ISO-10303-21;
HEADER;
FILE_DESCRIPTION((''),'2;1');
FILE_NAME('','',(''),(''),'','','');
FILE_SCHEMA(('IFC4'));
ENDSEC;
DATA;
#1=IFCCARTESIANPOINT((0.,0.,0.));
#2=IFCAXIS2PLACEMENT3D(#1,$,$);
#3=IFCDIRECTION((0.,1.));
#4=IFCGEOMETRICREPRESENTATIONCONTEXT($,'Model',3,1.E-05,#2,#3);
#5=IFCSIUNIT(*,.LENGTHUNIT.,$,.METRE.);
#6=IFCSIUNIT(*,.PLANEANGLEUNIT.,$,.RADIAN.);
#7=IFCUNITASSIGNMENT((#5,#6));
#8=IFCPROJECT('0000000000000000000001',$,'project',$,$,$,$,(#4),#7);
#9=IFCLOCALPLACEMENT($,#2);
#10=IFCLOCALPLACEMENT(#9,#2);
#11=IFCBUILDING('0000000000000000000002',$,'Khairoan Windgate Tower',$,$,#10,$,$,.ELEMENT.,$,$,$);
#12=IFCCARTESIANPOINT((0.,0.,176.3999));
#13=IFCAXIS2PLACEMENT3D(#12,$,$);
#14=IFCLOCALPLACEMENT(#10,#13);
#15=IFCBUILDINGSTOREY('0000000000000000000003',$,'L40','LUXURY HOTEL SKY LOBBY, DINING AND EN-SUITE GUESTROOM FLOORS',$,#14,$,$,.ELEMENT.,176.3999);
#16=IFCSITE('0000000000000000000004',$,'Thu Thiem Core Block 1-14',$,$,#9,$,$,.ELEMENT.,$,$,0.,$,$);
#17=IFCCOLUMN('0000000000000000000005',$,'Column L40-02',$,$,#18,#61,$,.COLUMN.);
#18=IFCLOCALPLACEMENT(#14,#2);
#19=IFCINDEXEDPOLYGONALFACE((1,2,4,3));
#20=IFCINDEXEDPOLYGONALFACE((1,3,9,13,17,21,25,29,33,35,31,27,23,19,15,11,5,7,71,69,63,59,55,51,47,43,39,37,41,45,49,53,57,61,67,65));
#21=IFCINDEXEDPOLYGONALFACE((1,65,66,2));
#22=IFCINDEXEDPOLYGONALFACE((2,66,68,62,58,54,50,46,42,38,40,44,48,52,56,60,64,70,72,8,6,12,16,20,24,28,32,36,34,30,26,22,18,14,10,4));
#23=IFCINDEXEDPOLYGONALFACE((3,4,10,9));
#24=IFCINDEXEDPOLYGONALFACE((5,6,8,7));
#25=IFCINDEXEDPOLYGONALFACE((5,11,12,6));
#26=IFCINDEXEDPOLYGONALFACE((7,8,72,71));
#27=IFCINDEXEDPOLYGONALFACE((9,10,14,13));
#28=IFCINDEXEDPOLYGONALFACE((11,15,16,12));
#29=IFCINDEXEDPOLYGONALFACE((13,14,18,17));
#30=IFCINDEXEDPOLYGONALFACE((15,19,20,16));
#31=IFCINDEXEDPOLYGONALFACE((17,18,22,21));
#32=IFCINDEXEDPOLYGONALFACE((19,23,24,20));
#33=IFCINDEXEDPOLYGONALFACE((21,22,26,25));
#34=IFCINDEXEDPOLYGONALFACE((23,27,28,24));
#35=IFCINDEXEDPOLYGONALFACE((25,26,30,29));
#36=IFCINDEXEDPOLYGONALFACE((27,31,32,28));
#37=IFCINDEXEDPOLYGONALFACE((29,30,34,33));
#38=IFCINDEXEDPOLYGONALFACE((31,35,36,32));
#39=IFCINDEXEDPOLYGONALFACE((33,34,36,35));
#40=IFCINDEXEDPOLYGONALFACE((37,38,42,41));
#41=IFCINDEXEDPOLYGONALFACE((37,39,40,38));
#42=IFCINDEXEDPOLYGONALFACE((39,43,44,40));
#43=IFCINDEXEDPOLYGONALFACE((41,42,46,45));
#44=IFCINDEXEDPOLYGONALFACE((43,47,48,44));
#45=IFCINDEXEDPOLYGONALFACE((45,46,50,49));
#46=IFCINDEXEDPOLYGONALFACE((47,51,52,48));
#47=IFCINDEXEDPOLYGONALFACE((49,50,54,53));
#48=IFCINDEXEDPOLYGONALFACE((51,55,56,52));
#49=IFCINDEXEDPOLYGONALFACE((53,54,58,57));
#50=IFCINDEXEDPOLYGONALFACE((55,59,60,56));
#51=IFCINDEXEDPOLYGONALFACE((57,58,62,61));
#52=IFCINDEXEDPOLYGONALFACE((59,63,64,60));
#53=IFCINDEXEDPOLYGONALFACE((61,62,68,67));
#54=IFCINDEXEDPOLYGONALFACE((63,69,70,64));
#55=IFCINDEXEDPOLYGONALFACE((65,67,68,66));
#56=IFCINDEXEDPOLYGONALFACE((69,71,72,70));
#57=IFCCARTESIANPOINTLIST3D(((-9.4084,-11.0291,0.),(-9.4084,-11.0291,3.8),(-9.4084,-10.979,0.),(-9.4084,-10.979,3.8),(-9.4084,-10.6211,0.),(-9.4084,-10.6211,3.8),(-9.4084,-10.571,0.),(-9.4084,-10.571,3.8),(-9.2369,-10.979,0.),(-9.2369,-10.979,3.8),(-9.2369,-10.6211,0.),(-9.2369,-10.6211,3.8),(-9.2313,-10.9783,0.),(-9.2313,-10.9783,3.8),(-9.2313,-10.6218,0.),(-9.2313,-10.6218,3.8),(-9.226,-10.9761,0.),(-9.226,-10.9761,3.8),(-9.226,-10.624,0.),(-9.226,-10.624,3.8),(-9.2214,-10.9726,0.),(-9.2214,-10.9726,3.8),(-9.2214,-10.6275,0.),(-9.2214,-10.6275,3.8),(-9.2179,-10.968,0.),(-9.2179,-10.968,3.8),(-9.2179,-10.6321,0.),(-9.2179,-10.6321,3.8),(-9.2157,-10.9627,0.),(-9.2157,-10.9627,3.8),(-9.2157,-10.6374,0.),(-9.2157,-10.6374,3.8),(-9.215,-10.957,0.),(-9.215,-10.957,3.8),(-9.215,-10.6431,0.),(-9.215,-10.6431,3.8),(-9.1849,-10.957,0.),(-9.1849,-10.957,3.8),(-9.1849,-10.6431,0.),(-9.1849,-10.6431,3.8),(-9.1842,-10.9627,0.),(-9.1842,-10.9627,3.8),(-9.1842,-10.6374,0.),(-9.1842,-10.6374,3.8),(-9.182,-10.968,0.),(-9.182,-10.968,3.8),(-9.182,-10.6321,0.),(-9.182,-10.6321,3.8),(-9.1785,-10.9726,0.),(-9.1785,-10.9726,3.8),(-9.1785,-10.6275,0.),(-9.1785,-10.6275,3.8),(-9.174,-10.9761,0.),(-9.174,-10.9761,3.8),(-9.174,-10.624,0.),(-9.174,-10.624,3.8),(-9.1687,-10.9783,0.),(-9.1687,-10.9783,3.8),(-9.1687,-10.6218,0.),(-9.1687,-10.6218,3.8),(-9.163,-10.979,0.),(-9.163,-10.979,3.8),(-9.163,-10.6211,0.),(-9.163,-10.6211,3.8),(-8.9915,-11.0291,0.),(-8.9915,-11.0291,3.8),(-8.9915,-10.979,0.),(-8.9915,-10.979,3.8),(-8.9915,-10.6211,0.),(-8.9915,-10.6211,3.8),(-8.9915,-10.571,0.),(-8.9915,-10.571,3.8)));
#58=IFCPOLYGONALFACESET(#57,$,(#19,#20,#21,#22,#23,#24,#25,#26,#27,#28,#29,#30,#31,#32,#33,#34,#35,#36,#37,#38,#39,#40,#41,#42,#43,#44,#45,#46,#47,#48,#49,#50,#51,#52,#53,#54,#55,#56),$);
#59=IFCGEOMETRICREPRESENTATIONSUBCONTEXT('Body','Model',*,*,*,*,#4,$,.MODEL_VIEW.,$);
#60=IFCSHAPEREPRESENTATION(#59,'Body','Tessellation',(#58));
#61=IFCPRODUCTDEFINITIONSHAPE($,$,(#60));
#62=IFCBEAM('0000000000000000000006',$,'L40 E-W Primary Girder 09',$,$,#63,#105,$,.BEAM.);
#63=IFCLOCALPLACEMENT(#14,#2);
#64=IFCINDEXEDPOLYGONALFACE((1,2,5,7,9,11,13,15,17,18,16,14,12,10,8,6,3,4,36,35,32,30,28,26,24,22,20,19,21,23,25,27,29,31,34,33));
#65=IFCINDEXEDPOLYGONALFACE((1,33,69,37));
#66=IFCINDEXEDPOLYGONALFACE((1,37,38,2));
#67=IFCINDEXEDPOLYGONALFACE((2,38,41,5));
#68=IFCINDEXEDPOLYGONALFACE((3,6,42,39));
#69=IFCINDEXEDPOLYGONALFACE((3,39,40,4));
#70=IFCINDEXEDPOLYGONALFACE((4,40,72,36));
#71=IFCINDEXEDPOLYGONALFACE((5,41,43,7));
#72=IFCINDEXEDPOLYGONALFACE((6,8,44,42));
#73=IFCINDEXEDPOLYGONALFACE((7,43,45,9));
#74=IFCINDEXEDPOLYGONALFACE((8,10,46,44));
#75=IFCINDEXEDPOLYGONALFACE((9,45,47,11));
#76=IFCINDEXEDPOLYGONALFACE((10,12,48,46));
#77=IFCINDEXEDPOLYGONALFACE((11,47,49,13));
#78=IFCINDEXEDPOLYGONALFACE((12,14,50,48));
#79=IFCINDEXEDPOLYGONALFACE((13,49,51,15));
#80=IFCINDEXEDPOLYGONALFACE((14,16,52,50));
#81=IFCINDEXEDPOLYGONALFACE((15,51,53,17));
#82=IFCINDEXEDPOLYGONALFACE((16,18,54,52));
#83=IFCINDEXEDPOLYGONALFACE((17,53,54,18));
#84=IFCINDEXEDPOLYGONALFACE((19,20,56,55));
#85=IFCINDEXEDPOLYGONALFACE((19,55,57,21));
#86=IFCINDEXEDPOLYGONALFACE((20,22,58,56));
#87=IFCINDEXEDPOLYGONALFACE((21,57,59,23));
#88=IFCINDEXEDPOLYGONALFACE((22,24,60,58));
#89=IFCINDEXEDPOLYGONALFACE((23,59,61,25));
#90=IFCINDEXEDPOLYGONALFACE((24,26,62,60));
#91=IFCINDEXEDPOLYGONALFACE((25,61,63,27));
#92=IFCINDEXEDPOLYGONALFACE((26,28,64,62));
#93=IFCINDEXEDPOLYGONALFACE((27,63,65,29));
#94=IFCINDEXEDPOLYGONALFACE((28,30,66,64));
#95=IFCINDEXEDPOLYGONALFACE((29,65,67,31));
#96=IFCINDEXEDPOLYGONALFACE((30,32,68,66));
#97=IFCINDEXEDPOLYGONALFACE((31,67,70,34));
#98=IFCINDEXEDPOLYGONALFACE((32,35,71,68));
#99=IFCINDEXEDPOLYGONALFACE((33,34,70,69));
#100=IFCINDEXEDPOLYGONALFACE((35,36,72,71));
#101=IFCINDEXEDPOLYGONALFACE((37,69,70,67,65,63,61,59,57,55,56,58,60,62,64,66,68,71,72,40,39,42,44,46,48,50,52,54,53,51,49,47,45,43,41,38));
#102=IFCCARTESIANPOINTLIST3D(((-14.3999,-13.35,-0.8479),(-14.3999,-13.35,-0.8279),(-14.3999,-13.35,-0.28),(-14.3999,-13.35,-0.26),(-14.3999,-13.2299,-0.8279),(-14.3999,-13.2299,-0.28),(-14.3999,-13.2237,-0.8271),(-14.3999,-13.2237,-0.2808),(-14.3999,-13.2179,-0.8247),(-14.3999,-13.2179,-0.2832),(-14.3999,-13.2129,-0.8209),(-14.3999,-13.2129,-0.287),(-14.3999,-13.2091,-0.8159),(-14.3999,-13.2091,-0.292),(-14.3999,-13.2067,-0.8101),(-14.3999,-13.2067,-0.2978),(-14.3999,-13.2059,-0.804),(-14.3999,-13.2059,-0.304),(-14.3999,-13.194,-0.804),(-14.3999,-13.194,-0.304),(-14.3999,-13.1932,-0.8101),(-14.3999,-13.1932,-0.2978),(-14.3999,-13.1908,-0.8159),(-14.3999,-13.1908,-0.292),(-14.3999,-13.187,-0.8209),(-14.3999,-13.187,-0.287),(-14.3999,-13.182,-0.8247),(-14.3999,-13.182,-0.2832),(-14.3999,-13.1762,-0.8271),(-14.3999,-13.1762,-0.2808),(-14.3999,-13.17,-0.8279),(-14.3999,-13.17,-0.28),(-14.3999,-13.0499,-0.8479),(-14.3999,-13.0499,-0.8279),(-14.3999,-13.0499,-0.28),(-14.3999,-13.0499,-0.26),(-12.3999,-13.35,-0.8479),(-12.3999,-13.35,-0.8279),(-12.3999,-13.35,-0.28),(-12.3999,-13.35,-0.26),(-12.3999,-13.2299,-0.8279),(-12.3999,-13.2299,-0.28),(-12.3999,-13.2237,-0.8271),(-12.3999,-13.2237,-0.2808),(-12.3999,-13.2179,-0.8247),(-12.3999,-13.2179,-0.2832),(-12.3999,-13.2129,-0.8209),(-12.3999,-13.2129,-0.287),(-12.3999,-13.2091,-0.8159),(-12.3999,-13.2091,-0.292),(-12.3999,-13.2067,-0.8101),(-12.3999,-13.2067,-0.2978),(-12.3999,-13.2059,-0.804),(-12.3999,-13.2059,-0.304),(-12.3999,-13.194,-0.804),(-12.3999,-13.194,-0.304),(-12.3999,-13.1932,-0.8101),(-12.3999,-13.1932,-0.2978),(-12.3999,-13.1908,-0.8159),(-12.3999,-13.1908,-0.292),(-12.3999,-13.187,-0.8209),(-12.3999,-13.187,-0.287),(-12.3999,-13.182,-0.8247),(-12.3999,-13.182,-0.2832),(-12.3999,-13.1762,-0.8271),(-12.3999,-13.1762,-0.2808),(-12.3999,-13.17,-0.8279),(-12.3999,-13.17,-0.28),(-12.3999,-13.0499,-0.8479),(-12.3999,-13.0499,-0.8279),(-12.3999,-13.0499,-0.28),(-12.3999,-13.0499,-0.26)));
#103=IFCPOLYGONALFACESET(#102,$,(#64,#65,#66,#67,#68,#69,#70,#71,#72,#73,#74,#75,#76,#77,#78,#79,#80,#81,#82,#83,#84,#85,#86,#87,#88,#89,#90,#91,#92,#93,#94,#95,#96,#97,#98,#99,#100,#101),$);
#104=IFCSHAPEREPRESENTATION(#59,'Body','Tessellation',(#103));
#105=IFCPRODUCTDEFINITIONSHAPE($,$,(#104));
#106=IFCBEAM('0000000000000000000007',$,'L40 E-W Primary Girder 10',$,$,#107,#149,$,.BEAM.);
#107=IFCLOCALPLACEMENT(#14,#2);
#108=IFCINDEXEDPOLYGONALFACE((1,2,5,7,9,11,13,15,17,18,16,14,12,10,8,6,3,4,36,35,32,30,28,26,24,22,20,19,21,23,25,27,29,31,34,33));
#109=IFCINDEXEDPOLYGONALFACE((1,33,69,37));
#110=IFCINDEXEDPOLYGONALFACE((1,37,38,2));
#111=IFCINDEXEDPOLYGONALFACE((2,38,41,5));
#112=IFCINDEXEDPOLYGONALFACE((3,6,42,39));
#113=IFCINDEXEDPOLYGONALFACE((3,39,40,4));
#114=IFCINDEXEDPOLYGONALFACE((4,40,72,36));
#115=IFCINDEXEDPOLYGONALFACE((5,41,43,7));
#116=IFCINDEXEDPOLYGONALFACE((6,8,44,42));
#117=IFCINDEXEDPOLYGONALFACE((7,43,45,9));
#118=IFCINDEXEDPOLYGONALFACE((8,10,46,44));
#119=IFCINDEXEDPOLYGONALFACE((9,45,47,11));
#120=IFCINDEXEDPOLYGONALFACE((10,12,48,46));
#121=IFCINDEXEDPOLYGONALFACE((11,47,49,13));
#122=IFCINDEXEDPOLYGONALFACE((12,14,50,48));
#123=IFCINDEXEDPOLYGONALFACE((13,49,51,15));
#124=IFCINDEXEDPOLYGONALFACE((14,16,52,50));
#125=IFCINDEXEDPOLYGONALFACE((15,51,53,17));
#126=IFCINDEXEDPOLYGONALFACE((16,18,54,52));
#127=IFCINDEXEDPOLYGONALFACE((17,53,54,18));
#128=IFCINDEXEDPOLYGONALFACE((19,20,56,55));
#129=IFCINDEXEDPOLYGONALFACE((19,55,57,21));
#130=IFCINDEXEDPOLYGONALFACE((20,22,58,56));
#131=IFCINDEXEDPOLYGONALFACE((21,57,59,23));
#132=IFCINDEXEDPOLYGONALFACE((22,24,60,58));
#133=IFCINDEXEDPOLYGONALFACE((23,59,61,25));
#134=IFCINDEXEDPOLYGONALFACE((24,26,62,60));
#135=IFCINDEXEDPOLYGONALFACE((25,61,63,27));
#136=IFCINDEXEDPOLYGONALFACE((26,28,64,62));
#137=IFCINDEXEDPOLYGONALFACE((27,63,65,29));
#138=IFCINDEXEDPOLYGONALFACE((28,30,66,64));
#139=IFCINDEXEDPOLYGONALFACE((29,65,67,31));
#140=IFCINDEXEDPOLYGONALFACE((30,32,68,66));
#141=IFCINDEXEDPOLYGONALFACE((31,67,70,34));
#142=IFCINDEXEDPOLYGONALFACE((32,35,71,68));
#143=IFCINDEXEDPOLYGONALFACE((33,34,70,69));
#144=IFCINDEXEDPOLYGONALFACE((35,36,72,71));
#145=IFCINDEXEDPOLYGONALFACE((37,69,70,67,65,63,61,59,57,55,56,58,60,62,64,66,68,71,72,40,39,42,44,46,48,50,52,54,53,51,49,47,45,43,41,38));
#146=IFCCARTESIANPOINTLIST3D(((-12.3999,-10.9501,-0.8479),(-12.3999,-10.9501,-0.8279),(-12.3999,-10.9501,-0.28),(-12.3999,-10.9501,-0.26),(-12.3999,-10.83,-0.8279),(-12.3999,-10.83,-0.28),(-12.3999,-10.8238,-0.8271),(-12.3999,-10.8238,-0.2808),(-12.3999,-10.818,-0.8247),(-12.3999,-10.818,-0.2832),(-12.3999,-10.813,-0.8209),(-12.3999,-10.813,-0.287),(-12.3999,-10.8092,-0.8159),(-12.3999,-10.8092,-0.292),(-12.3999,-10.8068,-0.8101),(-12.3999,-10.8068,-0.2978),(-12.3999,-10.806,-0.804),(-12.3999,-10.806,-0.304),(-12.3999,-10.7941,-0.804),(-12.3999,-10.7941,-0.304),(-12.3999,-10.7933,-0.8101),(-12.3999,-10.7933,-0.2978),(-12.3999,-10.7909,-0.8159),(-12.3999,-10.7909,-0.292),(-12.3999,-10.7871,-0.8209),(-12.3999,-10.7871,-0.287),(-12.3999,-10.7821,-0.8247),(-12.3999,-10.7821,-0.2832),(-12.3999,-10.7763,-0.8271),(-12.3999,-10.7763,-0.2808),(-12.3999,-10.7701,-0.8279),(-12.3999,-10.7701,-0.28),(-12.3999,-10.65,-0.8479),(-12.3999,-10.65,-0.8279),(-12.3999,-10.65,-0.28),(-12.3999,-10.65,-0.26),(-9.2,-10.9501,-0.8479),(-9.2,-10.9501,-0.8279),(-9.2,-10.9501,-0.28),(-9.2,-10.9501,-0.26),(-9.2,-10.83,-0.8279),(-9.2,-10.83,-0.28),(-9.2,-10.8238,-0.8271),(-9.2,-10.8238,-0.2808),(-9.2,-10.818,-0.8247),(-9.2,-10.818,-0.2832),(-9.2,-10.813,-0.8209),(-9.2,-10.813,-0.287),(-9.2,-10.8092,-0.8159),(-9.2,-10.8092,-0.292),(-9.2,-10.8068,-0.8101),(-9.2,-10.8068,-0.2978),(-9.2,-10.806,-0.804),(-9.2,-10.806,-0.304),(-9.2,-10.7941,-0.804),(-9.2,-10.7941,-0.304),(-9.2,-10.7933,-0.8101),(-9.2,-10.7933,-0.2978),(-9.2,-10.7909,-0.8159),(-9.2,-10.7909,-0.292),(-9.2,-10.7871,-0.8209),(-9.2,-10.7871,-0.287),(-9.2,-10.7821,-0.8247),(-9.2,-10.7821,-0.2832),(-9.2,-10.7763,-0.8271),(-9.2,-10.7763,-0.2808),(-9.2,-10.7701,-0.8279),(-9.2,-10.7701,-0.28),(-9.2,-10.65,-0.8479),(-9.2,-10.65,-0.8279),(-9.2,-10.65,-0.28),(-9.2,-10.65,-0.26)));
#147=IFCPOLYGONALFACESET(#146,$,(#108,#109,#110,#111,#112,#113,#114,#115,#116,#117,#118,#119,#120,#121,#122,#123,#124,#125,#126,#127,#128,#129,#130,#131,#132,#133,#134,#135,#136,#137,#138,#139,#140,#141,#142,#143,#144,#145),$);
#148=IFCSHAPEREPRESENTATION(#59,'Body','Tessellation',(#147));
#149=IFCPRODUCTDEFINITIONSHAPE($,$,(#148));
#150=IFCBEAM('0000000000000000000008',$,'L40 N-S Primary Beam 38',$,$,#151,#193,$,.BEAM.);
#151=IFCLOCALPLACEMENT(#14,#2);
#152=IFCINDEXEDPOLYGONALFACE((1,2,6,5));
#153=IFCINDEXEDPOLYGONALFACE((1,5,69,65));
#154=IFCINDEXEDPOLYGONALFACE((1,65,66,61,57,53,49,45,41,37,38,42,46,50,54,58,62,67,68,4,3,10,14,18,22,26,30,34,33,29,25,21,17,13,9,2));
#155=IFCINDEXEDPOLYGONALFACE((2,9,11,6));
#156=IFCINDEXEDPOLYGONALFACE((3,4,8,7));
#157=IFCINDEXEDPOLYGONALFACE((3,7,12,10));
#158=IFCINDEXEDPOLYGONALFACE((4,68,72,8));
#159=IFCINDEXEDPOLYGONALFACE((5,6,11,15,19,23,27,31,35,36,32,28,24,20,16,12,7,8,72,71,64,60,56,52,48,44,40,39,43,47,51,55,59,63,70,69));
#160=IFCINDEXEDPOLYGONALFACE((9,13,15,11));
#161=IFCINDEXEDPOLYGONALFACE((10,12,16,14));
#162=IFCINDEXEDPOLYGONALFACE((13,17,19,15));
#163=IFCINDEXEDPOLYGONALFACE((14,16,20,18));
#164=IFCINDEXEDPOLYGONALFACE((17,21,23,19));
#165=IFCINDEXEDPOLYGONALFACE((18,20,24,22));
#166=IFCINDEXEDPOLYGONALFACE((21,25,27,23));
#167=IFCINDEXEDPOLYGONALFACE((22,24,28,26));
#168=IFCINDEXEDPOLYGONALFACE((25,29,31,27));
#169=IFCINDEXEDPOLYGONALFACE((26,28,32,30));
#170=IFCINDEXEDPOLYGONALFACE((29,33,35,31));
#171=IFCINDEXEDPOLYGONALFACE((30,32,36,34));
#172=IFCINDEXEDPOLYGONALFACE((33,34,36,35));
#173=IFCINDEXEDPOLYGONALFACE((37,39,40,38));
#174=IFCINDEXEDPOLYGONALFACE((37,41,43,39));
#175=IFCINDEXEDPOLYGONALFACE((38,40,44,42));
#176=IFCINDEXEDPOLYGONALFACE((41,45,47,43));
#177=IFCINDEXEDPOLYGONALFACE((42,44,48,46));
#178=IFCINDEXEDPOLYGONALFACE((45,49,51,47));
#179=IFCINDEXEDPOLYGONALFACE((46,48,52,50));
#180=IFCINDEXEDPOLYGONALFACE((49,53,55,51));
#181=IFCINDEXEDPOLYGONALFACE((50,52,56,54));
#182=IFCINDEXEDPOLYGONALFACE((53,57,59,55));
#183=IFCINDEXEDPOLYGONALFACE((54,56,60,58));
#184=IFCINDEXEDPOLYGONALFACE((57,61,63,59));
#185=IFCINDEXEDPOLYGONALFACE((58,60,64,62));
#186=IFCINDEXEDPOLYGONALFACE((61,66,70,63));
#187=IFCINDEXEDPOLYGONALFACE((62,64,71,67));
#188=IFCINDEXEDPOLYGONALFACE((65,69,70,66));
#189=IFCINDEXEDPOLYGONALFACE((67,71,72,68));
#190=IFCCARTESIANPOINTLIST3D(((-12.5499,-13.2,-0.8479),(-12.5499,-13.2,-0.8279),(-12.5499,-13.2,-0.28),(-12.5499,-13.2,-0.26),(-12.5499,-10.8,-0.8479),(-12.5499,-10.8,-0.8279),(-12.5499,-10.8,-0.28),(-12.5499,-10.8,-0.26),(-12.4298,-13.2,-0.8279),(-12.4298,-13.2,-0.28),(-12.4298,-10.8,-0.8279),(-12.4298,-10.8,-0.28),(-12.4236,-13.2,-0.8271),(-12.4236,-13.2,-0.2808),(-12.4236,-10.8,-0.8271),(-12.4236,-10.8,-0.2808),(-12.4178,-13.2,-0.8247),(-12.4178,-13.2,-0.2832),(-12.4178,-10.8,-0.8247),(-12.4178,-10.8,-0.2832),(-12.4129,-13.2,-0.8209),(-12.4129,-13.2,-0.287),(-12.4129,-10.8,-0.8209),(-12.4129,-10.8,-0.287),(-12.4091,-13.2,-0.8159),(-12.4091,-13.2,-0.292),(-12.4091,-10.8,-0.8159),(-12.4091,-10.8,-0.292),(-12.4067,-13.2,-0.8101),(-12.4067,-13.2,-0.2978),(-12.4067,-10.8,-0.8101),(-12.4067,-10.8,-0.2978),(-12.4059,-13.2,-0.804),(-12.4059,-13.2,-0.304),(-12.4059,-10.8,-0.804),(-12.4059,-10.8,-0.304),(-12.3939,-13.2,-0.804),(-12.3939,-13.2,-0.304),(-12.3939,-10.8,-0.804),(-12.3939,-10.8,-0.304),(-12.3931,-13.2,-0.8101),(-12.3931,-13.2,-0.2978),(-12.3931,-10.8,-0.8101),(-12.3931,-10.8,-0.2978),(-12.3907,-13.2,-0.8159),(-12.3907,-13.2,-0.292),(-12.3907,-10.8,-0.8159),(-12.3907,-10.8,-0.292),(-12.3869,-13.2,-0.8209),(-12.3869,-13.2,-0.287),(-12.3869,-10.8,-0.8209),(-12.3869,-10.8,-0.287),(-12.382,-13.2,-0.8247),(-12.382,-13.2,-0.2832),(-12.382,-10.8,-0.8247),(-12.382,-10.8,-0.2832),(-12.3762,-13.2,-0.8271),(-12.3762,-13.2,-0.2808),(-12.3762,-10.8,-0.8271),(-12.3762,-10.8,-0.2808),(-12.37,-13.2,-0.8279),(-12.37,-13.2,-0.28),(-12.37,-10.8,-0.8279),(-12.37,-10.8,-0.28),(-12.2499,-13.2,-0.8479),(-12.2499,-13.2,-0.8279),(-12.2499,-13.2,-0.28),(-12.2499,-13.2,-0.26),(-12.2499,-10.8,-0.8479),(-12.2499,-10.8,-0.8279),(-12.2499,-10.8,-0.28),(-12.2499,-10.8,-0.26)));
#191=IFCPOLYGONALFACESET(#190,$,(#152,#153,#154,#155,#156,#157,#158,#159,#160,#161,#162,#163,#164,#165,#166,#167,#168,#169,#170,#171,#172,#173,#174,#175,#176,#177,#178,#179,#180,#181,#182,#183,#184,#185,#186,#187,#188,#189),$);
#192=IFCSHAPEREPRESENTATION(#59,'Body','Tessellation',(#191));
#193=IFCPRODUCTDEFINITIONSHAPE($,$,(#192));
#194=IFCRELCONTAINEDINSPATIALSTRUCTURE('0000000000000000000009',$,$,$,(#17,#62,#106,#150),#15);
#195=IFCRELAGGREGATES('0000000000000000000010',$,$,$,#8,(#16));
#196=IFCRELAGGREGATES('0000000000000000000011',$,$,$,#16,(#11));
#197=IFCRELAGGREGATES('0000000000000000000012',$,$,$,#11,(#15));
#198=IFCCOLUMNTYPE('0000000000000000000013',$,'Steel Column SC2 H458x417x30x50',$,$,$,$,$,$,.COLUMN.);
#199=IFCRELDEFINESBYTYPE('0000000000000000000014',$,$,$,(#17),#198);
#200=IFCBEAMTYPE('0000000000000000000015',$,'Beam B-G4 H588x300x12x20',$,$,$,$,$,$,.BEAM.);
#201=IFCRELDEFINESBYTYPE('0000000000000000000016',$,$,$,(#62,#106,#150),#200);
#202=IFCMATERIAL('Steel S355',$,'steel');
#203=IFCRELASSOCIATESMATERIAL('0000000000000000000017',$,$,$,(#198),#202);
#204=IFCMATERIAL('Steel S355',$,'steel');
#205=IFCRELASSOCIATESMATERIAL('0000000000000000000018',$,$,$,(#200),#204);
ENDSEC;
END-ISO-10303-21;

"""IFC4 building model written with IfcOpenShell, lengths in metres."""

from ifc_helpers import new_model, si_unit, direction, frame, origin, origin_2d, place, context, subcontext, project, spatial, i_section, extrude, material, material_profile, profile_set, type_object, element, save


model = new_model("IFC4")

# Units and contexts
model_context = context("Model", 3, precision=1e-05, world=origin(), true_north=direction((0.0, 1.0)))
body_context = subcontext(model_context, "Body", "Model", "MODEL_VIEW")
ifc_project = project(units=[si_unit("LENGTHUNIT", "METRE"), si_unit("PLANEANGLEUNIT", "RADIAN")], contexts=[model_context])

# Site, building, storey
site_placement = place(None, origin())
site = spatial("IfcSite", under=ifc_project, at=site_placement, Name="Thu Thiem Core Block 1-14", CompositionType="ELEMENT", RefElevation=0.0)
building_placement = place(site_placement, origin())
building = spatial("IfcBuilding", under=site, at=building_placement, Name="Khairoan Windgate Tower", CompositionType="ELEMENT")
storey_placement = place(building_placement, frame((0.0, 0.0, 176.3999)))
storey = spatial("IfcBuildingStorey", under=building, at=storey_placement, Name="L40", Description="LUXURY HOTEL SKY LOBBY, DINING AND EN-SUITE GUESTROOM FLOORS", CompositionType="ELEMENT", Elevation=176.3999)

# Column
ifc_material_1 = material(Name="Steel S355", Category="steel")
ifc_material_profile_1 = material_profile(ifc_material_1, i_section(OverallWidth=0.417, OverallDepth=0.458, WebThickness=0.03, FlangeThickness=0.05, FilletRadius=0.022, at=origin_2d()))
ifc_profile_set_1 = profile_set([ifc_material_profile_1], Name="Steel S355")
column_type = type_object("IfcColumnType", Name="Steel Column SC2 H458x417x30x50", PredefinedType="COLUMN", material=ifc_profile_set_1)
column_placement = place(storey_placement, frame((-9.2, -10.8, 0.0), z_axis=(0.0, 0.0, 1.0), x_axis=(1.0, 0.0, 0.0)))
element("IfcColumn", 1, at=column_placement, inside=storey, type_object=column_type, Name="Column L40-02", PredefinedType="COLUMN", context=body_context, shape_type="SweptSolid", body=[
    extrude(i_section(OverallWidth=0.417, OverallDepth=0.458, WebThickness=0.03, FlangeThickness=0.05, FilletRadius=0.022, at=origin_2d()), origin(), (0.0, 0.0, 1.0), 3.8),
])

# Beams
ifc_material_2 = material(Name="Steel S355", Category="steel")
ifc_material_profile_2 = material_profile(ifc_material_2, i_section(OverallWidth=0.3, OverallDepth=0.5879, WebThickness=0.012, FlangeThickness=0.02, FilletRadius=0.0239, at=origin_2d()))
ifc_profile_set_2 = profile_set([ifc_material_profile_2], Name="Steel S355")
beam_type = type_object("IfcBeamType", Name="Beam B-G4 H588x300x12x20", PredefinedType="BEAM", material=ifc_profile_set_2)
beam_1_placement = place(storey_placement, frame((-14.3999, -13.2, -0.554), z_axis=(1.0, 0.0, 0.0), x_axis=(0.0, 1.0, 0.0)))
element("IfcBeam", 2, at=beam_1_placement, inside=storey, type_object=beam_type, Name="L40 E-W Primary Girder 09", PredefinedType="BEAM", context=body_context, shape_type="SweptSolid", body=[
    extrude(i_section(OverallWidth=0.3, OverallDepth=0.5879, WebThickness=0.012, FlangeThickness=0.02, FilletRadius=0.0239, at=origin_2d()), origin(), (0.0, 0.0, 1.0), 2.0),
])
beam_2_placement = place(storey_placement, frame((-12.3999, -10.8, -0.554), z_axis=(1.0, 0.0, 0.0), x_axis=(0.0, 1.0, 0.0)))
element("IfcBeam", 3, at=beam_2_placement, inside=storey, type_object=beam_type, Name="L40 E-W Primary Girder 10", PredefinedType="BEAM", context=body_context, shape_type="SweptSolid", body=[
    extrude(i_section(OverallWidth=0.3, OverallDepth=0.5879, WebThickness=0.012, FlangeThickness=0.02, FilletRadius=0.0239, at=origin_2d()), origin(), (0.0, 0.0, 1.0), 3.2),
])
beam_3_placement = place(storey_placement, frame((-12.3999, -13.2, -0.554), z_axis=(0.0, 1.0, 0.0), x_axis=(-1.0, 0.0, 0.0)))
element("IfcBeam", 4, at=beam_3_placement, inside=storey, type_object=beam_type, Name="L40 N-S Primary Beam 38", PredefinedType="BEAM", context=body_context, shape_type="SweptSolid", body=[
    extrude(i_section(OverallWidth=0.3, OverallDepth=0.5879, WebThickness=0.012, FlangeThickness=0.02, FilletRadius=0.0239, at=origin_2d()), origin(), (0.0, 0.0, 1.0), 2.3999),
])

save(model, "model.ifc")
